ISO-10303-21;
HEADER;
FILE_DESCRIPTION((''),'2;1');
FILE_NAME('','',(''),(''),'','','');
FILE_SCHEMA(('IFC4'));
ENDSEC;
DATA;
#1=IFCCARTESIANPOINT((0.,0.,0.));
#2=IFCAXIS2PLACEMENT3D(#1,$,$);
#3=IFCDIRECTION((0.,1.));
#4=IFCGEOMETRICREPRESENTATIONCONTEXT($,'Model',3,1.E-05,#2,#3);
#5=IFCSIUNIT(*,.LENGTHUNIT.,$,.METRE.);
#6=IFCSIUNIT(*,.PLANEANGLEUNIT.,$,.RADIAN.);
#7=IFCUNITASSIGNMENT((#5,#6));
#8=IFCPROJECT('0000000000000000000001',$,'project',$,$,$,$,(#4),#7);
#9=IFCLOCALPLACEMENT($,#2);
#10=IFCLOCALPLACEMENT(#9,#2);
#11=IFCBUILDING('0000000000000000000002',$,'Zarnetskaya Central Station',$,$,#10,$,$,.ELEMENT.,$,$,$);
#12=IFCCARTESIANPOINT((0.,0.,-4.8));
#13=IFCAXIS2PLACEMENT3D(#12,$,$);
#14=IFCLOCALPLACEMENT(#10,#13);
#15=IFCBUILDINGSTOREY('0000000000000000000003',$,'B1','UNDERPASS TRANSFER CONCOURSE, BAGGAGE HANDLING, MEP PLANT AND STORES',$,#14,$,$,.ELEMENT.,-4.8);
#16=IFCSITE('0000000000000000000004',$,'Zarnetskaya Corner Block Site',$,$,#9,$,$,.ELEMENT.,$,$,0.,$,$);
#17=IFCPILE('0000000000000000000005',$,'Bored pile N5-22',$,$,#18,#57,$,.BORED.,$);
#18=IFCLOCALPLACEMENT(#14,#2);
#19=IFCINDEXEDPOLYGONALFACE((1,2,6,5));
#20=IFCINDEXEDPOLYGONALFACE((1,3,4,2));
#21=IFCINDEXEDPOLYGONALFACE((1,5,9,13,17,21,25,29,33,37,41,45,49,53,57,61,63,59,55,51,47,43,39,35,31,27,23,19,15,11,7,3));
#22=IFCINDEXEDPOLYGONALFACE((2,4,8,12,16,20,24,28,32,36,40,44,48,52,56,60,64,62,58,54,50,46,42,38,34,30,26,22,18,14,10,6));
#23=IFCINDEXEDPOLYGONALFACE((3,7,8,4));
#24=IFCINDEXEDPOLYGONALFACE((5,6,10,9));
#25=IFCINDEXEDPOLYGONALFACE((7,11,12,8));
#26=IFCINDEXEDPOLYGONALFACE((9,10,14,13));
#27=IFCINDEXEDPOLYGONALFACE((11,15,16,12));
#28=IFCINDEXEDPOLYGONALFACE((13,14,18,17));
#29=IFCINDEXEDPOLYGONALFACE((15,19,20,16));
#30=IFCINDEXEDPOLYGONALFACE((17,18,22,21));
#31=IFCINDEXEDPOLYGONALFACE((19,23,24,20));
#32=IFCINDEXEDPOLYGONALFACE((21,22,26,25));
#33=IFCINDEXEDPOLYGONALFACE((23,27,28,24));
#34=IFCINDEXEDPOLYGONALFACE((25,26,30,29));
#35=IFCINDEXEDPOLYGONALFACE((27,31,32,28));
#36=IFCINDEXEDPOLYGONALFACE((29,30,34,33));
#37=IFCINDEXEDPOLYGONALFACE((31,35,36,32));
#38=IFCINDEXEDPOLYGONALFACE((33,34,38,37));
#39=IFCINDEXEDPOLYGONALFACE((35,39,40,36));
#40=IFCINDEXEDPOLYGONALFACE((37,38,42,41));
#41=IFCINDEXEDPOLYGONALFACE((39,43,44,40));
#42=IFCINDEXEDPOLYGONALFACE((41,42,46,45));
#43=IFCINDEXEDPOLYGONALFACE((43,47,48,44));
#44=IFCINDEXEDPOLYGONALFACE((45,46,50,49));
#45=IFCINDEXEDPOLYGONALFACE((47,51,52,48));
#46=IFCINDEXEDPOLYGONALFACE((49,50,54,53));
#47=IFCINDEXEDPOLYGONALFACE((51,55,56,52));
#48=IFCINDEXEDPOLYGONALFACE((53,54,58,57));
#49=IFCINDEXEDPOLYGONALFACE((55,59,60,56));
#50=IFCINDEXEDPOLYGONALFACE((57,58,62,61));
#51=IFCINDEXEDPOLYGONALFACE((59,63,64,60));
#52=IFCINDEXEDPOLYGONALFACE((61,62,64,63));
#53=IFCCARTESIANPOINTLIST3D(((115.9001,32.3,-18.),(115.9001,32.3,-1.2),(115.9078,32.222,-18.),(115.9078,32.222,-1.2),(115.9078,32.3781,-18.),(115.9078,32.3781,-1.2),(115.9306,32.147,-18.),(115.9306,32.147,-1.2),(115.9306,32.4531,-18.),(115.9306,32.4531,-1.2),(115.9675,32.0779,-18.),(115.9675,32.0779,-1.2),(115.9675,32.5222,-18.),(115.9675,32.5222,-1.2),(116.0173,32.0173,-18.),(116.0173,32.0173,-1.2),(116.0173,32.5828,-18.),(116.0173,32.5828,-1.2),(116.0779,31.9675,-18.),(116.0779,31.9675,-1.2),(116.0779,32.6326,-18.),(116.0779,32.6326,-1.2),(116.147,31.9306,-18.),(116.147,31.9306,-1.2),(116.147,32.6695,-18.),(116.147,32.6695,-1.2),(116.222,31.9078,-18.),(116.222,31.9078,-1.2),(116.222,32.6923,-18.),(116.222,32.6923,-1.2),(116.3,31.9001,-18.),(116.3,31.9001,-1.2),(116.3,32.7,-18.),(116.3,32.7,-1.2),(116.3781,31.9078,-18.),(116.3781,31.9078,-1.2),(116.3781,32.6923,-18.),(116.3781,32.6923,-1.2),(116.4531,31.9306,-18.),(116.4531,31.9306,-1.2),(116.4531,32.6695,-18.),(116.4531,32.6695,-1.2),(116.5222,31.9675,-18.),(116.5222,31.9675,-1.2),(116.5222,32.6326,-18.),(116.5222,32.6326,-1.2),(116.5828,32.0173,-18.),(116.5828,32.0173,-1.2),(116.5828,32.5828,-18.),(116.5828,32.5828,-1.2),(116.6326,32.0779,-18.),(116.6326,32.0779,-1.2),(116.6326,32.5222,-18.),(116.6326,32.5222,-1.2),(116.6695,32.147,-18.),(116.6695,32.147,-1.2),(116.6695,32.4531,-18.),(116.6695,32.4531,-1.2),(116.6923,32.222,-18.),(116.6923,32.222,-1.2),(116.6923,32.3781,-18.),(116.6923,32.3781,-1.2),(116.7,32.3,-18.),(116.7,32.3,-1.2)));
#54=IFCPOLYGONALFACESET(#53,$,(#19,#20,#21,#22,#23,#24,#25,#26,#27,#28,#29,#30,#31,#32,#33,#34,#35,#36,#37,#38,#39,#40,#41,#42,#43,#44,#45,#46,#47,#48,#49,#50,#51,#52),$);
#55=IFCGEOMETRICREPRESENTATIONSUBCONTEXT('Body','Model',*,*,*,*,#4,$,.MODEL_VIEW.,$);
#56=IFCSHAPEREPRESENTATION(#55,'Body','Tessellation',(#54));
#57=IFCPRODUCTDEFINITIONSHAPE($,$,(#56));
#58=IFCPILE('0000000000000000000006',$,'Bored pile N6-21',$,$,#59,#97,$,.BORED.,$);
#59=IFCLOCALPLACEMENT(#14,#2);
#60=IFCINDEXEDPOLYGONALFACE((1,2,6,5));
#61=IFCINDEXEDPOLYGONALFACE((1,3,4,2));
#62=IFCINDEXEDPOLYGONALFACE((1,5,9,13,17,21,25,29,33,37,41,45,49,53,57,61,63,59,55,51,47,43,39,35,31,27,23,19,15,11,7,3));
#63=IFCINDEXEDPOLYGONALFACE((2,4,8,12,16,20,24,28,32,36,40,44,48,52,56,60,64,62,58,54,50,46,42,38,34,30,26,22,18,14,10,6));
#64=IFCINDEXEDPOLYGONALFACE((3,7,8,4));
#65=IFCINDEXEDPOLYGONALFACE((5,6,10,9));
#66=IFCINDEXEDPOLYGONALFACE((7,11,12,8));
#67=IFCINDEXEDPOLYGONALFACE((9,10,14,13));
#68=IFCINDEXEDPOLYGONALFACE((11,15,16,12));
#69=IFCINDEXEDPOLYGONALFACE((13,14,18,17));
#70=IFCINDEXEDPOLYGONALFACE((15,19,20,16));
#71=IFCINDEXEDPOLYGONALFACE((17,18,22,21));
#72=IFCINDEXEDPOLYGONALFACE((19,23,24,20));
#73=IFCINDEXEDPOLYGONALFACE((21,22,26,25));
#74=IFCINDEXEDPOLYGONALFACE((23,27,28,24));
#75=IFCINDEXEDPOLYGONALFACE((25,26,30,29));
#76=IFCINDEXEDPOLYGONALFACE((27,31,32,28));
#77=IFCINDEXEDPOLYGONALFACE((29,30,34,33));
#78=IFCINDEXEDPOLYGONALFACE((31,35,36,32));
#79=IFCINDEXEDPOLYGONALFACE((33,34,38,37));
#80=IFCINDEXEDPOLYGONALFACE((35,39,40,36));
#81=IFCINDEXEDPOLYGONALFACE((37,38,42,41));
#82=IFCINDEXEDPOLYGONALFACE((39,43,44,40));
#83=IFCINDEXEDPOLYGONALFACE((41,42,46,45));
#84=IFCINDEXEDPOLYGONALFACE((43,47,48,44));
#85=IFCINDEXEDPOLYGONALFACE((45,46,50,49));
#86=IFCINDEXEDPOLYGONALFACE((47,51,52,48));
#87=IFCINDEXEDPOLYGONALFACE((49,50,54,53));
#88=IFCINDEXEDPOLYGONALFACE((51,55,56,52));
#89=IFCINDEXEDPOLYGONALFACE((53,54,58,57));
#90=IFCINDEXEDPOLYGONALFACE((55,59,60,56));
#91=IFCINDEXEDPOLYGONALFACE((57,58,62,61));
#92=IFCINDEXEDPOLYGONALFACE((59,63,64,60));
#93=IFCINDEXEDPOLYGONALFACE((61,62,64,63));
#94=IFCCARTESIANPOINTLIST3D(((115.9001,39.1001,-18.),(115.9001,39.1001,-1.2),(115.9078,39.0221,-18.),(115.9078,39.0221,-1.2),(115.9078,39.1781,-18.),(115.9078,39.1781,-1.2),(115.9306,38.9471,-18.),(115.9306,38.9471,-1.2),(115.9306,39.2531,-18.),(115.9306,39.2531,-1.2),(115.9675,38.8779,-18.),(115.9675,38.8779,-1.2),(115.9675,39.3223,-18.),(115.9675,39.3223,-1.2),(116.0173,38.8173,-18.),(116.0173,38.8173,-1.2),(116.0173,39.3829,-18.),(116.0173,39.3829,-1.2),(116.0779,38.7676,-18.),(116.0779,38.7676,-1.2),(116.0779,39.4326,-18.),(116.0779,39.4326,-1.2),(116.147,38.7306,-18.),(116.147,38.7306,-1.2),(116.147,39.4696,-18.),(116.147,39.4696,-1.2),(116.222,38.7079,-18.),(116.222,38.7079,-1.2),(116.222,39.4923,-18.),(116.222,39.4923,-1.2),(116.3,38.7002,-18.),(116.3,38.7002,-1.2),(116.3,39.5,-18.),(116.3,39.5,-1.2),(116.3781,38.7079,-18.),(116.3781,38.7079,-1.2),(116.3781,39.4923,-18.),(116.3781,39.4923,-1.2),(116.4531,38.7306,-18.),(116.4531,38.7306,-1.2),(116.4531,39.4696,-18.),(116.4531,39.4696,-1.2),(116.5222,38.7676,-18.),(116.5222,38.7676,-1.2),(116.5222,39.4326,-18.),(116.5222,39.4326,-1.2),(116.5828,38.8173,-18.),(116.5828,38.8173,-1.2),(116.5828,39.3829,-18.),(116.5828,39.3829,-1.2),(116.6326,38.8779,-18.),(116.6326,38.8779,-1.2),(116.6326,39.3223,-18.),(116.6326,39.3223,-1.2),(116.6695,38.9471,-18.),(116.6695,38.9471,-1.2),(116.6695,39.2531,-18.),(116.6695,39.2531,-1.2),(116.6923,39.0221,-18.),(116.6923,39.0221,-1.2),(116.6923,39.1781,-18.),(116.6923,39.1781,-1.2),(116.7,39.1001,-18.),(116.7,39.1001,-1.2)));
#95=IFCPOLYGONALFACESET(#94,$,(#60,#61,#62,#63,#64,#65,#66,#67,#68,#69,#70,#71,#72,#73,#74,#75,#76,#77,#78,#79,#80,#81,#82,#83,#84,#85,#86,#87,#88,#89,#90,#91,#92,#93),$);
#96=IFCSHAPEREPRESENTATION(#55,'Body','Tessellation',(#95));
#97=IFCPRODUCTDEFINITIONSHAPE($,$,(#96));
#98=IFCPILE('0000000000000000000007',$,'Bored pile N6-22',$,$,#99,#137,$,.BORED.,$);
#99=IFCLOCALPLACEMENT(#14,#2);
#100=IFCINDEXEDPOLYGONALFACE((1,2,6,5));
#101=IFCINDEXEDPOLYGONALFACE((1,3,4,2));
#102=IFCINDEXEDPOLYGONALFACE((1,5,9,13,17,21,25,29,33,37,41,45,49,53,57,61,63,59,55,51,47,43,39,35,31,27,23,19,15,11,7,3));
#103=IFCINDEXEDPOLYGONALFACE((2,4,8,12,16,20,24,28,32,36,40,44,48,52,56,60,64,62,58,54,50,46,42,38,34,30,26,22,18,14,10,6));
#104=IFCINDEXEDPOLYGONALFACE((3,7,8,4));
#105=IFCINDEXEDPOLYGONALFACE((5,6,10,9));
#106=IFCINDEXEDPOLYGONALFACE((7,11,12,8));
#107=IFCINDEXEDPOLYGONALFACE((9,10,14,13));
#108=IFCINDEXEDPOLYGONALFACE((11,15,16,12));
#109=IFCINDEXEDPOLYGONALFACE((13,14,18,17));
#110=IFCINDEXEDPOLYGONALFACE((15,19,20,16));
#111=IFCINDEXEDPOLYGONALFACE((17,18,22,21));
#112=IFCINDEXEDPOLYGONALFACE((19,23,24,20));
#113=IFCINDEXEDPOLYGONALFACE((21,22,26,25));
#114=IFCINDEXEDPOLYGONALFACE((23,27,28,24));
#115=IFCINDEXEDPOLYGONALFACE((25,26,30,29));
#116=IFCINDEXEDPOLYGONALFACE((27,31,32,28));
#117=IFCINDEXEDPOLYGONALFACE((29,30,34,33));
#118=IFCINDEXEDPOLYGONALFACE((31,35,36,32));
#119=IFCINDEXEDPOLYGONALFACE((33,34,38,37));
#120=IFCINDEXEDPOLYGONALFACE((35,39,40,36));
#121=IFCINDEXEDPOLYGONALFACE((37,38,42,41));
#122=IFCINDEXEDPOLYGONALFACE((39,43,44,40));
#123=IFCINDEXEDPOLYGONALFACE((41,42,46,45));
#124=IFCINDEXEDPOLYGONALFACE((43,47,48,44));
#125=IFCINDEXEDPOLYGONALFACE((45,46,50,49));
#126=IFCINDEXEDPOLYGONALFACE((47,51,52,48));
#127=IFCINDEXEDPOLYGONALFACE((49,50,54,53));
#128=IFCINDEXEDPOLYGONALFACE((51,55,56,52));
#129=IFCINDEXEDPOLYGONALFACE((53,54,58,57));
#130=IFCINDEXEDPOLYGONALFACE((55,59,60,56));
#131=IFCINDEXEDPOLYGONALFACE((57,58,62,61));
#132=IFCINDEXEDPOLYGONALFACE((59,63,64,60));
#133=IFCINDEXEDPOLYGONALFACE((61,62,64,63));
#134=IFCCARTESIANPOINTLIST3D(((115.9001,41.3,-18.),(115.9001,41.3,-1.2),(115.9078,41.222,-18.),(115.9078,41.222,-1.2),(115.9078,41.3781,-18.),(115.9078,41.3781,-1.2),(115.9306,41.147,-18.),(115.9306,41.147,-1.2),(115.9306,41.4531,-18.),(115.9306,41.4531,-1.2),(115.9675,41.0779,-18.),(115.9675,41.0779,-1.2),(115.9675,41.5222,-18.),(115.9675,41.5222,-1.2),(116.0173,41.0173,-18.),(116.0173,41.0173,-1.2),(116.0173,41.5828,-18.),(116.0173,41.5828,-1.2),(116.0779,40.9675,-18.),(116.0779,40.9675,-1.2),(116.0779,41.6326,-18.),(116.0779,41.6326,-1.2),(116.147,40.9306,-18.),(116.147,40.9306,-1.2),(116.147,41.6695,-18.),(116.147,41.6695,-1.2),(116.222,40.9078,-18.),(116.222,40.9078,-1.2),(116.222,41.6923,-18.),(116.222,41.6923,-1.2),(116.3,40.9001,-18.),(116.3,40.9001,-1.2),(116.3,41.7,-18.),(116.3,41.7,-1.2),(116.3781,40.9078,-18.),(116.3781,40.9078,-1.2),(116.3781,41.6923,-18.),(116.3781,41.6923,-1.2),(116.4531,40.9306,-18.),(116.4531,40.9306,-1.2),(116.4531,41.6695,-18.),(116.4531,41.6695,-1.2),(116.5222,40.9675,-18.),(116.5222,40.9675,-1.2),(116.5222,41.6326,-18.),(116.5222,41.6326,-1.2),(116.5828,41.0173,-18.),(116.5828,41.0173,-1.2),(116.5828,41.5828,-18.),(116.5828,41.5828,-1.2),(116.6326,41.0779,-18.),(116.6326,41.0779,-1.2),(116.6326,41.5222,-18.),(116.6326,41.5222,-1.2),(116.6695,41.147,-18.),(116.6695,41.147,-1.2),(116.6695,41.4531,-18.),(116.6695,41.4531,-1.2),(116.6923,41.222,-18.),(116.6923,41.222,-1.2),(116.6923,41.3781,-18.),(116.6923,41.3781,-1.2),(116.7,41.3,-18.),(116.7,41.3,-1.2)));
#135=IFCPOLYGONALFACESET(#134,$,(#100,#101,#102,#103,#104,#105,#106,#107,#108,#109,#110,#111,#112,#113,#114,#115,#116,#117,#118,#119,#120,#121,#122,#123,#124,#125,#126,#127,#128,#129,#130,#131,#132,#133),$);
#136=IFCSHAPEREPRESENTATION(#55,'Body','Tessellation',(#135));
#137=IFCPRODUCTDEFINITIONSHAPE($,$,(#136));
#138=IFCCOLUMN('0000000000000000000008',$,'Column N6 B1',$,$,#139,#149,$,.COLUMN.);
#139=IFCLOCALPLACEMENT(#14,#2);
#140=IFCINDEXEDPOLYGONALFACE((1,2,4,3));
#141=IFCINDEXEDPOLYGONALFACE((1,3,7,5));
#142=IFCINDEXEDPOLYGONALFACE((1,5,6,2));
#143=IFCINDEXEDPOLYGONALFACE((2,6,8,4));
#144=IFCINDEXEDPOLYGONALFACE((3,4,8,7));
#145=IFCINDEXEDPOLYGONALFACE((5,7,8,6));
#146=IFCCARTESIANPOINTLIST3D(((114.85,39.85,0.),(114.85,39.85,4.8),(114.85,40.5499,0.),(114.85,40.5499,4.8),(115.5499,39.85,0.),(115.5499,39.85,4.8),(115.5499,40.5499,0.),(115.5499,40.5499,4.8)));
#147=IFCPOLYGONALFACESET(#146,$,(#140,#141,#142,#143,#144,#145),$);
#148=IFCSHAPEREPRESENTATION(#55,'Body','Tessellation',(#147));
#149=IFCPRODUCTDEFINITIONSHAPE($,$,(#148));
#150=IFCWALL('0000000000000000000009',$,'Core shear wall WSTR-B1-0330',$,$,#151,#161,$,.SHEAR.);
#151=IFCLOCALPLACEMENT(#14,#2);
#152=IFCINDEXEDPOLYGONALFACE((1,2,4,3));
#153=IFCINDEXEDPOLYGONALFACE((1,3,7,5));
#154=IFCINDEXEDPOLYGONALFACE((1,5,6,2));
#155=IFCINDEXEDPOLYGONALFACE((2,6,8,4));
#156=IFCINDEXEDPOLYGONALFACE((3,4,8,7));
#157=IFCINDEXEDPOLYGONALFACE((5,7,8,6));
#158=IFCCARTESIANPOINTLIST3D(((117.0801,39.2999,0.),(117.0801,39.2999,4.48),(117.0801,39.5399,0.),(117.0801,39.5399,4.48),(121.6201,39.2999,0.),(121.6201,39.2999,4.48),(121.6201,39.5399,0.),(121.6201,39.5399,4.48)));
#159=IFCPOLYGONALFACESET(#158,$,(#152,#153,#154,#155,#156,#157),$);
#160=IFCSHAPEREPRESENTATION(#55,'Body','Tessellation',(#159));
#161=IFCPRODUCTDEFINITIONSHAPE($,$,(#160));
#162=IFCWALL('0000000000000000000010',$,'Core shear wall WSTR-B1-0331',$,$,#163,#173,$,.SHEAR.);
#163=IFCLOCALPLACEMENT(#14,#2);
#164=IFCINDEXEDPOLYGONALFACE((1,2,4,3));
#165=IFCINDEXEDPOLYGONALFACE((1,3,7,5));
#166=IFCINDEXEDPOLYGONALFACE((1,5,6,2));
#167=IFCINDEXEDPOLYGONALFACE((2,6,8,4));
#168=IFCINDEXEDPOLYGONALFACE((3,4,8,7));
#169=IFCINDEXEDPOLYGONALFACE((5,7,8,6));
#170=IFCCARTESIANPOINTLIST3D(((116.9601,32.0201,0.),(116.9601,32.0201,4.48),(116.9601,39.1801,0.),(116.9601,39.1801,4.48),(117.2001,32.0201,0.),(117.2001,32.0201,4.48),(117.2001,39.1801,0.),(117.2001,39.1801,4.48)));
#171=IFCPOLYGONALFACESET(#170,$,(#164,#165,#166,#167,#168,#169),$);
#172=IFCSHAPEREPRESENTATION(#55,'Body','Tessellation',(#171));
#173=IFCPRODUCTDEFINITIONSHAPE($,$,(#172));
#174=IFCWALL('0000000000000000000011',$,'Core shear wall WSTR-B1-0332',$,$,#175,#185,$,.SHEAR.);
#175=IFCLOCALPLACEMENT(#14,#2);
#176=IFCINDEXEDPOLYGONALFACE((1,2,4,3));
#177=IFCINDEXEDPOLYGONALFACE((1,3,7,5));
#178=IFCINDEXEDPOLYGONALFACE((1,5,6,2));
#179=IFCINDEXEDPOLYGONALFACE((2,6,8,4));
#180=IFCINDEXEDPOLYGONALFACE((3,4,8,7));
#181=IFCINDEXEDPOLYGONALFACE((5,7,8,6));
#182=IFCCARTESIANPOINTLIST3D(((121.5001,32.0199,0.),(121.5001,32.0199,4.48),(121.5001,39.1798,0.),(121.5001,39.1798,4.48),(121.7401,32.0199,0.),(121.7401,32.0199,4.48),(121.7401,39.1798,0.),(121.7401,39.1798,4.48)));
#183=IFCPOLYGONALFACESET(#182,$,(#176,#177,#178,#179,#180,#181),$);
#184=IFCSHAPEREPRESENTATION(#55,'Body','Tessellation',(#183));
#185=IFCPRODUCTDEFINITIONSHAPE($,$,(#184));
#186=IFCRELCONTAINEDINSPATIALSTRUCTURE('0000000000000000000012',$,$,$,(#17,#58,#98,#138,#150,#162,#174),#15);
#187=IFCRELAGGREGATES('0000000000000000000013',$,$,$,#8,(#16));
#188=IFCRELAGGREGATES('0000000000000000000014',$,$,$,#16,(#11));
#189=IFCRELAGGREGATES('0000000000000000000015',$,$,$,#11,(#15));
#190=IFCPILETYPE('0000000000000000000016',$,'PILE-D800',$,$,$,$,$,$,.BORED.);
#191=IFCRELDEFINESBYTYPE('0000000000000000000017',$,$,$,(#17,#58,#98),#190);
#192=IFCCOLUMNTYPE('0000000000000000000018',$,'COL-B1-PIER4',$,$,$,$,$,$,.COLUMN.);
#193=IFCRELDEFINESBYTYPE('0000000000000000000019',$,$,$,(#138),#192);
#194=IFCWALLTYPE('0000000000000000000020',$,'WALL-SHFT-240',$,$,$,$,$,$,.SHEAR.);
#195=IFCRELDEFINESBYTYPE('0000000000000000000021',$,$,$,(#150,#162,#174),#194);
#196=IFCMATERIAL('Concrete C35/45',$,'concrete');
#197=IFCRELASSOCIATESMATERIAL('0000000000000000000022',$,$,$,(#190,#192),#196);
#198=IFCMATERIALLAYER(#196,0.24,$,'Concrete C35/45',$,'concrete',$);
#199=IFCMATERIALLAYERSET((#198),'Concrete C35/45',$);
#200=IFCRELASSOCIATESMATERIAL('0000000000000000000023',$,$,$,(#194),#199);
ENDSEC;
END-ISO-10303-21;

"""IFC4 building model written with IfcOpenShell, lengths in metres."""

from ifc_helpers import new_model, si_unit, direction, frame, frame_2d, origin, origin_2d, place, context, subcontext, project, spatial, rectangle, circle, extrude, material, layer, layer_set, material_profile, profile_set, type_object, element, save


model = new_model("IFC4")

# Units and contexts
model_context = context("Model", 3, precision=1e-05, world=origin(), true_north=direction((0.0, 1.0)))
body_context = subcontext(model_context, "Body", "Model", "MODEL_VIEW")
ifc_project = project(units=[si_unit("LENGTHUNIT", "METRE"), si_unit("PLANEANGLEUNIT", "RADIAN")], contexts=[model_context])

# Site, building, storey
site_placement = place(None, origin())
site = spatial("IfcSite", under=ifc_project, at=site_placement, Name="Zarnetskaya Corner Block Site", CompositionType="ELEMENT", RefElevation=0.0)
building_placement = place(site_placement, origin())
building = spatial("IfcBuilding", under=site, at=building_placement, Name="Zarnetskaya Central Station", CompositionType="ELEMENT")
storey_placement = place(building_placement, frame((0.0, 0.0, -4.8)))
storey = spatial("IfcBuildingStorey", under=building, at=storey_placement, Name="B1", Description="UNDERPASS TRANSFER CONCOURSE, BAGGAGE HANDLING, MEP PLANT AND STORES", CompositionType="ELEMENT", Elevation=-4.8)

# Shared definitions
ifc_material_1 = material(Name="Concrete C35/45", Category="concrete")

# Piles
ifc_material_profile_1 = material_profile(ifc_material_1, circle(Radius=0.3999, at=origin_2d()), Name="BORED PILE D800")
ifc_profile_set_1 = profile_set([ifc_material_profile_1], Name="Concrete C35/45")
pile_type_1 = type_object("IfcPileType", Name="PILE-D800", PredefinedType="BORED", material=ifc_profile_set_1)
for number, where, z_axis, x_axis, name in (
    (1, (116.3, 32.3, -1.2), (0.0, 0.0, -1.0), (1.0, 0.0, 0.0), "Bored pile N5-22"),
    (2, (116.3, 39.1001, -1.2), (0.0, 0.0, -1.0), (1.0, 0.0, 0.0), "Bored pile N6-21"),
    (3, (116.3, 41.3, -1.2), (0.0, 0.0, -1.0), (1.0, 0.0, 0.0), "Bored pile N6-22"),
):
    element("IfcPile", number, at=place(storey_placement, frame(where, z_axis=z_axis, x_axis=x_axis)), inside=storey, type_object=pile_type_1, Name=name, PredefinedType="BORED", context=body_context, shape_type="SweptSolid", body=[
        extrude(circle(Radius=0.3999, at=origin_2d()), origin(), (0.0, 0.0, 1.0), 16.8),
    ])

# Column
ifc_material_profile_2 = material_profile(ifc_material_1, rectangle(XDim=0.7, YDim=0.7, at=origin_2d()), Name="RC 700x700")
ifc_profile_set_2 = profile_set([ifc_material_profile_2], Name="Concrete C35/45")
column_type = type_object("IfcColumnType", Name="COL-B1-PIER4", PredefinedType="COLUMN", material=ifc_profile_set_2)
column_placement = place(storey_placement, frame((115.2, 40.2, 0.0), z_axis=(0.0, 0.0, 1.0), x_axis=(1.0, 0.0, 0.0)))
element("IfcColumn", 4, at=column_placement, inside=storey, type_object=column_type, Name="Column N6 B1", PredefinedType="COLUMN", context=body_context, shape_type="SweptSolid", body=[
    extrude(rectangle(XDim=0.7, YDim=0.7, at=origin_2d()), origin(), (0.0, 0.0, 1.0), 4.8),
])

# Shared definitions
ifc_layer = layer(ifc_material_1, 0.24, Name="Concrete C35/45", Category="concrete")
ifc_layer_set = layer_set([ifc_layer], Name="Concrete C35/45")
wall_type = type_object("IfcWallType", Name="WALL-SHFT-240", PredefinedType="SHEAR", material=ifc_layer_set)

# Walls
wall_1_placement = place(storey_placement, frame((117.0801, 39.4199, 0.0), z_axis=(0.0, 0.0, 1.0), x_axis=(1.0, 0.0, 0.0)))
element("IfcWall", 5, at=wall_1_placement, inside=storey, type_object=wall_type, Name="Core shear wall WSTR-B1-0330", PredefinedType="SHEAR", context=body_context, shape_type="SweptSolid", body=[
    extrude(rectangle(XDim=4.54, YDim=0.24, at=frame_2d((2.27, 0.0))), origin(), (0.0, 0.0, 1.0), 4.48),
])
for number, where, z_axis, x_axis, name in (
    (6, (117.0801, 32.02, 0.0), (0.0, 0.0, 1.0), (0.0, 1.0, 0.0), "Core shear wall WSTR-B1-0331"),
    (7, (121.6201, 39.1799, 0.0), (0.0, 0.0, 1.0), (0.0, -1.0, 0.0), "Core shear wall WSTR-B1-0332"),
):
    element("IfcWall", number, at=place(storey_placement, frame(where, z_axis=z_axis, x_axis=x_axis)), inside=storey, type_object=wall_type, Name=name, PredefinedType="SHEAR", context=body_context, shape_type="SweptSolid", body=[
        extrude(rectangle(XDim=7.1599, YDim=0.24, at=frame_2d((3.5801, 0.0))), origin(), (0.0, 0.0, 1.0), 4.48),
    ])

save(model, "model.ifc")
